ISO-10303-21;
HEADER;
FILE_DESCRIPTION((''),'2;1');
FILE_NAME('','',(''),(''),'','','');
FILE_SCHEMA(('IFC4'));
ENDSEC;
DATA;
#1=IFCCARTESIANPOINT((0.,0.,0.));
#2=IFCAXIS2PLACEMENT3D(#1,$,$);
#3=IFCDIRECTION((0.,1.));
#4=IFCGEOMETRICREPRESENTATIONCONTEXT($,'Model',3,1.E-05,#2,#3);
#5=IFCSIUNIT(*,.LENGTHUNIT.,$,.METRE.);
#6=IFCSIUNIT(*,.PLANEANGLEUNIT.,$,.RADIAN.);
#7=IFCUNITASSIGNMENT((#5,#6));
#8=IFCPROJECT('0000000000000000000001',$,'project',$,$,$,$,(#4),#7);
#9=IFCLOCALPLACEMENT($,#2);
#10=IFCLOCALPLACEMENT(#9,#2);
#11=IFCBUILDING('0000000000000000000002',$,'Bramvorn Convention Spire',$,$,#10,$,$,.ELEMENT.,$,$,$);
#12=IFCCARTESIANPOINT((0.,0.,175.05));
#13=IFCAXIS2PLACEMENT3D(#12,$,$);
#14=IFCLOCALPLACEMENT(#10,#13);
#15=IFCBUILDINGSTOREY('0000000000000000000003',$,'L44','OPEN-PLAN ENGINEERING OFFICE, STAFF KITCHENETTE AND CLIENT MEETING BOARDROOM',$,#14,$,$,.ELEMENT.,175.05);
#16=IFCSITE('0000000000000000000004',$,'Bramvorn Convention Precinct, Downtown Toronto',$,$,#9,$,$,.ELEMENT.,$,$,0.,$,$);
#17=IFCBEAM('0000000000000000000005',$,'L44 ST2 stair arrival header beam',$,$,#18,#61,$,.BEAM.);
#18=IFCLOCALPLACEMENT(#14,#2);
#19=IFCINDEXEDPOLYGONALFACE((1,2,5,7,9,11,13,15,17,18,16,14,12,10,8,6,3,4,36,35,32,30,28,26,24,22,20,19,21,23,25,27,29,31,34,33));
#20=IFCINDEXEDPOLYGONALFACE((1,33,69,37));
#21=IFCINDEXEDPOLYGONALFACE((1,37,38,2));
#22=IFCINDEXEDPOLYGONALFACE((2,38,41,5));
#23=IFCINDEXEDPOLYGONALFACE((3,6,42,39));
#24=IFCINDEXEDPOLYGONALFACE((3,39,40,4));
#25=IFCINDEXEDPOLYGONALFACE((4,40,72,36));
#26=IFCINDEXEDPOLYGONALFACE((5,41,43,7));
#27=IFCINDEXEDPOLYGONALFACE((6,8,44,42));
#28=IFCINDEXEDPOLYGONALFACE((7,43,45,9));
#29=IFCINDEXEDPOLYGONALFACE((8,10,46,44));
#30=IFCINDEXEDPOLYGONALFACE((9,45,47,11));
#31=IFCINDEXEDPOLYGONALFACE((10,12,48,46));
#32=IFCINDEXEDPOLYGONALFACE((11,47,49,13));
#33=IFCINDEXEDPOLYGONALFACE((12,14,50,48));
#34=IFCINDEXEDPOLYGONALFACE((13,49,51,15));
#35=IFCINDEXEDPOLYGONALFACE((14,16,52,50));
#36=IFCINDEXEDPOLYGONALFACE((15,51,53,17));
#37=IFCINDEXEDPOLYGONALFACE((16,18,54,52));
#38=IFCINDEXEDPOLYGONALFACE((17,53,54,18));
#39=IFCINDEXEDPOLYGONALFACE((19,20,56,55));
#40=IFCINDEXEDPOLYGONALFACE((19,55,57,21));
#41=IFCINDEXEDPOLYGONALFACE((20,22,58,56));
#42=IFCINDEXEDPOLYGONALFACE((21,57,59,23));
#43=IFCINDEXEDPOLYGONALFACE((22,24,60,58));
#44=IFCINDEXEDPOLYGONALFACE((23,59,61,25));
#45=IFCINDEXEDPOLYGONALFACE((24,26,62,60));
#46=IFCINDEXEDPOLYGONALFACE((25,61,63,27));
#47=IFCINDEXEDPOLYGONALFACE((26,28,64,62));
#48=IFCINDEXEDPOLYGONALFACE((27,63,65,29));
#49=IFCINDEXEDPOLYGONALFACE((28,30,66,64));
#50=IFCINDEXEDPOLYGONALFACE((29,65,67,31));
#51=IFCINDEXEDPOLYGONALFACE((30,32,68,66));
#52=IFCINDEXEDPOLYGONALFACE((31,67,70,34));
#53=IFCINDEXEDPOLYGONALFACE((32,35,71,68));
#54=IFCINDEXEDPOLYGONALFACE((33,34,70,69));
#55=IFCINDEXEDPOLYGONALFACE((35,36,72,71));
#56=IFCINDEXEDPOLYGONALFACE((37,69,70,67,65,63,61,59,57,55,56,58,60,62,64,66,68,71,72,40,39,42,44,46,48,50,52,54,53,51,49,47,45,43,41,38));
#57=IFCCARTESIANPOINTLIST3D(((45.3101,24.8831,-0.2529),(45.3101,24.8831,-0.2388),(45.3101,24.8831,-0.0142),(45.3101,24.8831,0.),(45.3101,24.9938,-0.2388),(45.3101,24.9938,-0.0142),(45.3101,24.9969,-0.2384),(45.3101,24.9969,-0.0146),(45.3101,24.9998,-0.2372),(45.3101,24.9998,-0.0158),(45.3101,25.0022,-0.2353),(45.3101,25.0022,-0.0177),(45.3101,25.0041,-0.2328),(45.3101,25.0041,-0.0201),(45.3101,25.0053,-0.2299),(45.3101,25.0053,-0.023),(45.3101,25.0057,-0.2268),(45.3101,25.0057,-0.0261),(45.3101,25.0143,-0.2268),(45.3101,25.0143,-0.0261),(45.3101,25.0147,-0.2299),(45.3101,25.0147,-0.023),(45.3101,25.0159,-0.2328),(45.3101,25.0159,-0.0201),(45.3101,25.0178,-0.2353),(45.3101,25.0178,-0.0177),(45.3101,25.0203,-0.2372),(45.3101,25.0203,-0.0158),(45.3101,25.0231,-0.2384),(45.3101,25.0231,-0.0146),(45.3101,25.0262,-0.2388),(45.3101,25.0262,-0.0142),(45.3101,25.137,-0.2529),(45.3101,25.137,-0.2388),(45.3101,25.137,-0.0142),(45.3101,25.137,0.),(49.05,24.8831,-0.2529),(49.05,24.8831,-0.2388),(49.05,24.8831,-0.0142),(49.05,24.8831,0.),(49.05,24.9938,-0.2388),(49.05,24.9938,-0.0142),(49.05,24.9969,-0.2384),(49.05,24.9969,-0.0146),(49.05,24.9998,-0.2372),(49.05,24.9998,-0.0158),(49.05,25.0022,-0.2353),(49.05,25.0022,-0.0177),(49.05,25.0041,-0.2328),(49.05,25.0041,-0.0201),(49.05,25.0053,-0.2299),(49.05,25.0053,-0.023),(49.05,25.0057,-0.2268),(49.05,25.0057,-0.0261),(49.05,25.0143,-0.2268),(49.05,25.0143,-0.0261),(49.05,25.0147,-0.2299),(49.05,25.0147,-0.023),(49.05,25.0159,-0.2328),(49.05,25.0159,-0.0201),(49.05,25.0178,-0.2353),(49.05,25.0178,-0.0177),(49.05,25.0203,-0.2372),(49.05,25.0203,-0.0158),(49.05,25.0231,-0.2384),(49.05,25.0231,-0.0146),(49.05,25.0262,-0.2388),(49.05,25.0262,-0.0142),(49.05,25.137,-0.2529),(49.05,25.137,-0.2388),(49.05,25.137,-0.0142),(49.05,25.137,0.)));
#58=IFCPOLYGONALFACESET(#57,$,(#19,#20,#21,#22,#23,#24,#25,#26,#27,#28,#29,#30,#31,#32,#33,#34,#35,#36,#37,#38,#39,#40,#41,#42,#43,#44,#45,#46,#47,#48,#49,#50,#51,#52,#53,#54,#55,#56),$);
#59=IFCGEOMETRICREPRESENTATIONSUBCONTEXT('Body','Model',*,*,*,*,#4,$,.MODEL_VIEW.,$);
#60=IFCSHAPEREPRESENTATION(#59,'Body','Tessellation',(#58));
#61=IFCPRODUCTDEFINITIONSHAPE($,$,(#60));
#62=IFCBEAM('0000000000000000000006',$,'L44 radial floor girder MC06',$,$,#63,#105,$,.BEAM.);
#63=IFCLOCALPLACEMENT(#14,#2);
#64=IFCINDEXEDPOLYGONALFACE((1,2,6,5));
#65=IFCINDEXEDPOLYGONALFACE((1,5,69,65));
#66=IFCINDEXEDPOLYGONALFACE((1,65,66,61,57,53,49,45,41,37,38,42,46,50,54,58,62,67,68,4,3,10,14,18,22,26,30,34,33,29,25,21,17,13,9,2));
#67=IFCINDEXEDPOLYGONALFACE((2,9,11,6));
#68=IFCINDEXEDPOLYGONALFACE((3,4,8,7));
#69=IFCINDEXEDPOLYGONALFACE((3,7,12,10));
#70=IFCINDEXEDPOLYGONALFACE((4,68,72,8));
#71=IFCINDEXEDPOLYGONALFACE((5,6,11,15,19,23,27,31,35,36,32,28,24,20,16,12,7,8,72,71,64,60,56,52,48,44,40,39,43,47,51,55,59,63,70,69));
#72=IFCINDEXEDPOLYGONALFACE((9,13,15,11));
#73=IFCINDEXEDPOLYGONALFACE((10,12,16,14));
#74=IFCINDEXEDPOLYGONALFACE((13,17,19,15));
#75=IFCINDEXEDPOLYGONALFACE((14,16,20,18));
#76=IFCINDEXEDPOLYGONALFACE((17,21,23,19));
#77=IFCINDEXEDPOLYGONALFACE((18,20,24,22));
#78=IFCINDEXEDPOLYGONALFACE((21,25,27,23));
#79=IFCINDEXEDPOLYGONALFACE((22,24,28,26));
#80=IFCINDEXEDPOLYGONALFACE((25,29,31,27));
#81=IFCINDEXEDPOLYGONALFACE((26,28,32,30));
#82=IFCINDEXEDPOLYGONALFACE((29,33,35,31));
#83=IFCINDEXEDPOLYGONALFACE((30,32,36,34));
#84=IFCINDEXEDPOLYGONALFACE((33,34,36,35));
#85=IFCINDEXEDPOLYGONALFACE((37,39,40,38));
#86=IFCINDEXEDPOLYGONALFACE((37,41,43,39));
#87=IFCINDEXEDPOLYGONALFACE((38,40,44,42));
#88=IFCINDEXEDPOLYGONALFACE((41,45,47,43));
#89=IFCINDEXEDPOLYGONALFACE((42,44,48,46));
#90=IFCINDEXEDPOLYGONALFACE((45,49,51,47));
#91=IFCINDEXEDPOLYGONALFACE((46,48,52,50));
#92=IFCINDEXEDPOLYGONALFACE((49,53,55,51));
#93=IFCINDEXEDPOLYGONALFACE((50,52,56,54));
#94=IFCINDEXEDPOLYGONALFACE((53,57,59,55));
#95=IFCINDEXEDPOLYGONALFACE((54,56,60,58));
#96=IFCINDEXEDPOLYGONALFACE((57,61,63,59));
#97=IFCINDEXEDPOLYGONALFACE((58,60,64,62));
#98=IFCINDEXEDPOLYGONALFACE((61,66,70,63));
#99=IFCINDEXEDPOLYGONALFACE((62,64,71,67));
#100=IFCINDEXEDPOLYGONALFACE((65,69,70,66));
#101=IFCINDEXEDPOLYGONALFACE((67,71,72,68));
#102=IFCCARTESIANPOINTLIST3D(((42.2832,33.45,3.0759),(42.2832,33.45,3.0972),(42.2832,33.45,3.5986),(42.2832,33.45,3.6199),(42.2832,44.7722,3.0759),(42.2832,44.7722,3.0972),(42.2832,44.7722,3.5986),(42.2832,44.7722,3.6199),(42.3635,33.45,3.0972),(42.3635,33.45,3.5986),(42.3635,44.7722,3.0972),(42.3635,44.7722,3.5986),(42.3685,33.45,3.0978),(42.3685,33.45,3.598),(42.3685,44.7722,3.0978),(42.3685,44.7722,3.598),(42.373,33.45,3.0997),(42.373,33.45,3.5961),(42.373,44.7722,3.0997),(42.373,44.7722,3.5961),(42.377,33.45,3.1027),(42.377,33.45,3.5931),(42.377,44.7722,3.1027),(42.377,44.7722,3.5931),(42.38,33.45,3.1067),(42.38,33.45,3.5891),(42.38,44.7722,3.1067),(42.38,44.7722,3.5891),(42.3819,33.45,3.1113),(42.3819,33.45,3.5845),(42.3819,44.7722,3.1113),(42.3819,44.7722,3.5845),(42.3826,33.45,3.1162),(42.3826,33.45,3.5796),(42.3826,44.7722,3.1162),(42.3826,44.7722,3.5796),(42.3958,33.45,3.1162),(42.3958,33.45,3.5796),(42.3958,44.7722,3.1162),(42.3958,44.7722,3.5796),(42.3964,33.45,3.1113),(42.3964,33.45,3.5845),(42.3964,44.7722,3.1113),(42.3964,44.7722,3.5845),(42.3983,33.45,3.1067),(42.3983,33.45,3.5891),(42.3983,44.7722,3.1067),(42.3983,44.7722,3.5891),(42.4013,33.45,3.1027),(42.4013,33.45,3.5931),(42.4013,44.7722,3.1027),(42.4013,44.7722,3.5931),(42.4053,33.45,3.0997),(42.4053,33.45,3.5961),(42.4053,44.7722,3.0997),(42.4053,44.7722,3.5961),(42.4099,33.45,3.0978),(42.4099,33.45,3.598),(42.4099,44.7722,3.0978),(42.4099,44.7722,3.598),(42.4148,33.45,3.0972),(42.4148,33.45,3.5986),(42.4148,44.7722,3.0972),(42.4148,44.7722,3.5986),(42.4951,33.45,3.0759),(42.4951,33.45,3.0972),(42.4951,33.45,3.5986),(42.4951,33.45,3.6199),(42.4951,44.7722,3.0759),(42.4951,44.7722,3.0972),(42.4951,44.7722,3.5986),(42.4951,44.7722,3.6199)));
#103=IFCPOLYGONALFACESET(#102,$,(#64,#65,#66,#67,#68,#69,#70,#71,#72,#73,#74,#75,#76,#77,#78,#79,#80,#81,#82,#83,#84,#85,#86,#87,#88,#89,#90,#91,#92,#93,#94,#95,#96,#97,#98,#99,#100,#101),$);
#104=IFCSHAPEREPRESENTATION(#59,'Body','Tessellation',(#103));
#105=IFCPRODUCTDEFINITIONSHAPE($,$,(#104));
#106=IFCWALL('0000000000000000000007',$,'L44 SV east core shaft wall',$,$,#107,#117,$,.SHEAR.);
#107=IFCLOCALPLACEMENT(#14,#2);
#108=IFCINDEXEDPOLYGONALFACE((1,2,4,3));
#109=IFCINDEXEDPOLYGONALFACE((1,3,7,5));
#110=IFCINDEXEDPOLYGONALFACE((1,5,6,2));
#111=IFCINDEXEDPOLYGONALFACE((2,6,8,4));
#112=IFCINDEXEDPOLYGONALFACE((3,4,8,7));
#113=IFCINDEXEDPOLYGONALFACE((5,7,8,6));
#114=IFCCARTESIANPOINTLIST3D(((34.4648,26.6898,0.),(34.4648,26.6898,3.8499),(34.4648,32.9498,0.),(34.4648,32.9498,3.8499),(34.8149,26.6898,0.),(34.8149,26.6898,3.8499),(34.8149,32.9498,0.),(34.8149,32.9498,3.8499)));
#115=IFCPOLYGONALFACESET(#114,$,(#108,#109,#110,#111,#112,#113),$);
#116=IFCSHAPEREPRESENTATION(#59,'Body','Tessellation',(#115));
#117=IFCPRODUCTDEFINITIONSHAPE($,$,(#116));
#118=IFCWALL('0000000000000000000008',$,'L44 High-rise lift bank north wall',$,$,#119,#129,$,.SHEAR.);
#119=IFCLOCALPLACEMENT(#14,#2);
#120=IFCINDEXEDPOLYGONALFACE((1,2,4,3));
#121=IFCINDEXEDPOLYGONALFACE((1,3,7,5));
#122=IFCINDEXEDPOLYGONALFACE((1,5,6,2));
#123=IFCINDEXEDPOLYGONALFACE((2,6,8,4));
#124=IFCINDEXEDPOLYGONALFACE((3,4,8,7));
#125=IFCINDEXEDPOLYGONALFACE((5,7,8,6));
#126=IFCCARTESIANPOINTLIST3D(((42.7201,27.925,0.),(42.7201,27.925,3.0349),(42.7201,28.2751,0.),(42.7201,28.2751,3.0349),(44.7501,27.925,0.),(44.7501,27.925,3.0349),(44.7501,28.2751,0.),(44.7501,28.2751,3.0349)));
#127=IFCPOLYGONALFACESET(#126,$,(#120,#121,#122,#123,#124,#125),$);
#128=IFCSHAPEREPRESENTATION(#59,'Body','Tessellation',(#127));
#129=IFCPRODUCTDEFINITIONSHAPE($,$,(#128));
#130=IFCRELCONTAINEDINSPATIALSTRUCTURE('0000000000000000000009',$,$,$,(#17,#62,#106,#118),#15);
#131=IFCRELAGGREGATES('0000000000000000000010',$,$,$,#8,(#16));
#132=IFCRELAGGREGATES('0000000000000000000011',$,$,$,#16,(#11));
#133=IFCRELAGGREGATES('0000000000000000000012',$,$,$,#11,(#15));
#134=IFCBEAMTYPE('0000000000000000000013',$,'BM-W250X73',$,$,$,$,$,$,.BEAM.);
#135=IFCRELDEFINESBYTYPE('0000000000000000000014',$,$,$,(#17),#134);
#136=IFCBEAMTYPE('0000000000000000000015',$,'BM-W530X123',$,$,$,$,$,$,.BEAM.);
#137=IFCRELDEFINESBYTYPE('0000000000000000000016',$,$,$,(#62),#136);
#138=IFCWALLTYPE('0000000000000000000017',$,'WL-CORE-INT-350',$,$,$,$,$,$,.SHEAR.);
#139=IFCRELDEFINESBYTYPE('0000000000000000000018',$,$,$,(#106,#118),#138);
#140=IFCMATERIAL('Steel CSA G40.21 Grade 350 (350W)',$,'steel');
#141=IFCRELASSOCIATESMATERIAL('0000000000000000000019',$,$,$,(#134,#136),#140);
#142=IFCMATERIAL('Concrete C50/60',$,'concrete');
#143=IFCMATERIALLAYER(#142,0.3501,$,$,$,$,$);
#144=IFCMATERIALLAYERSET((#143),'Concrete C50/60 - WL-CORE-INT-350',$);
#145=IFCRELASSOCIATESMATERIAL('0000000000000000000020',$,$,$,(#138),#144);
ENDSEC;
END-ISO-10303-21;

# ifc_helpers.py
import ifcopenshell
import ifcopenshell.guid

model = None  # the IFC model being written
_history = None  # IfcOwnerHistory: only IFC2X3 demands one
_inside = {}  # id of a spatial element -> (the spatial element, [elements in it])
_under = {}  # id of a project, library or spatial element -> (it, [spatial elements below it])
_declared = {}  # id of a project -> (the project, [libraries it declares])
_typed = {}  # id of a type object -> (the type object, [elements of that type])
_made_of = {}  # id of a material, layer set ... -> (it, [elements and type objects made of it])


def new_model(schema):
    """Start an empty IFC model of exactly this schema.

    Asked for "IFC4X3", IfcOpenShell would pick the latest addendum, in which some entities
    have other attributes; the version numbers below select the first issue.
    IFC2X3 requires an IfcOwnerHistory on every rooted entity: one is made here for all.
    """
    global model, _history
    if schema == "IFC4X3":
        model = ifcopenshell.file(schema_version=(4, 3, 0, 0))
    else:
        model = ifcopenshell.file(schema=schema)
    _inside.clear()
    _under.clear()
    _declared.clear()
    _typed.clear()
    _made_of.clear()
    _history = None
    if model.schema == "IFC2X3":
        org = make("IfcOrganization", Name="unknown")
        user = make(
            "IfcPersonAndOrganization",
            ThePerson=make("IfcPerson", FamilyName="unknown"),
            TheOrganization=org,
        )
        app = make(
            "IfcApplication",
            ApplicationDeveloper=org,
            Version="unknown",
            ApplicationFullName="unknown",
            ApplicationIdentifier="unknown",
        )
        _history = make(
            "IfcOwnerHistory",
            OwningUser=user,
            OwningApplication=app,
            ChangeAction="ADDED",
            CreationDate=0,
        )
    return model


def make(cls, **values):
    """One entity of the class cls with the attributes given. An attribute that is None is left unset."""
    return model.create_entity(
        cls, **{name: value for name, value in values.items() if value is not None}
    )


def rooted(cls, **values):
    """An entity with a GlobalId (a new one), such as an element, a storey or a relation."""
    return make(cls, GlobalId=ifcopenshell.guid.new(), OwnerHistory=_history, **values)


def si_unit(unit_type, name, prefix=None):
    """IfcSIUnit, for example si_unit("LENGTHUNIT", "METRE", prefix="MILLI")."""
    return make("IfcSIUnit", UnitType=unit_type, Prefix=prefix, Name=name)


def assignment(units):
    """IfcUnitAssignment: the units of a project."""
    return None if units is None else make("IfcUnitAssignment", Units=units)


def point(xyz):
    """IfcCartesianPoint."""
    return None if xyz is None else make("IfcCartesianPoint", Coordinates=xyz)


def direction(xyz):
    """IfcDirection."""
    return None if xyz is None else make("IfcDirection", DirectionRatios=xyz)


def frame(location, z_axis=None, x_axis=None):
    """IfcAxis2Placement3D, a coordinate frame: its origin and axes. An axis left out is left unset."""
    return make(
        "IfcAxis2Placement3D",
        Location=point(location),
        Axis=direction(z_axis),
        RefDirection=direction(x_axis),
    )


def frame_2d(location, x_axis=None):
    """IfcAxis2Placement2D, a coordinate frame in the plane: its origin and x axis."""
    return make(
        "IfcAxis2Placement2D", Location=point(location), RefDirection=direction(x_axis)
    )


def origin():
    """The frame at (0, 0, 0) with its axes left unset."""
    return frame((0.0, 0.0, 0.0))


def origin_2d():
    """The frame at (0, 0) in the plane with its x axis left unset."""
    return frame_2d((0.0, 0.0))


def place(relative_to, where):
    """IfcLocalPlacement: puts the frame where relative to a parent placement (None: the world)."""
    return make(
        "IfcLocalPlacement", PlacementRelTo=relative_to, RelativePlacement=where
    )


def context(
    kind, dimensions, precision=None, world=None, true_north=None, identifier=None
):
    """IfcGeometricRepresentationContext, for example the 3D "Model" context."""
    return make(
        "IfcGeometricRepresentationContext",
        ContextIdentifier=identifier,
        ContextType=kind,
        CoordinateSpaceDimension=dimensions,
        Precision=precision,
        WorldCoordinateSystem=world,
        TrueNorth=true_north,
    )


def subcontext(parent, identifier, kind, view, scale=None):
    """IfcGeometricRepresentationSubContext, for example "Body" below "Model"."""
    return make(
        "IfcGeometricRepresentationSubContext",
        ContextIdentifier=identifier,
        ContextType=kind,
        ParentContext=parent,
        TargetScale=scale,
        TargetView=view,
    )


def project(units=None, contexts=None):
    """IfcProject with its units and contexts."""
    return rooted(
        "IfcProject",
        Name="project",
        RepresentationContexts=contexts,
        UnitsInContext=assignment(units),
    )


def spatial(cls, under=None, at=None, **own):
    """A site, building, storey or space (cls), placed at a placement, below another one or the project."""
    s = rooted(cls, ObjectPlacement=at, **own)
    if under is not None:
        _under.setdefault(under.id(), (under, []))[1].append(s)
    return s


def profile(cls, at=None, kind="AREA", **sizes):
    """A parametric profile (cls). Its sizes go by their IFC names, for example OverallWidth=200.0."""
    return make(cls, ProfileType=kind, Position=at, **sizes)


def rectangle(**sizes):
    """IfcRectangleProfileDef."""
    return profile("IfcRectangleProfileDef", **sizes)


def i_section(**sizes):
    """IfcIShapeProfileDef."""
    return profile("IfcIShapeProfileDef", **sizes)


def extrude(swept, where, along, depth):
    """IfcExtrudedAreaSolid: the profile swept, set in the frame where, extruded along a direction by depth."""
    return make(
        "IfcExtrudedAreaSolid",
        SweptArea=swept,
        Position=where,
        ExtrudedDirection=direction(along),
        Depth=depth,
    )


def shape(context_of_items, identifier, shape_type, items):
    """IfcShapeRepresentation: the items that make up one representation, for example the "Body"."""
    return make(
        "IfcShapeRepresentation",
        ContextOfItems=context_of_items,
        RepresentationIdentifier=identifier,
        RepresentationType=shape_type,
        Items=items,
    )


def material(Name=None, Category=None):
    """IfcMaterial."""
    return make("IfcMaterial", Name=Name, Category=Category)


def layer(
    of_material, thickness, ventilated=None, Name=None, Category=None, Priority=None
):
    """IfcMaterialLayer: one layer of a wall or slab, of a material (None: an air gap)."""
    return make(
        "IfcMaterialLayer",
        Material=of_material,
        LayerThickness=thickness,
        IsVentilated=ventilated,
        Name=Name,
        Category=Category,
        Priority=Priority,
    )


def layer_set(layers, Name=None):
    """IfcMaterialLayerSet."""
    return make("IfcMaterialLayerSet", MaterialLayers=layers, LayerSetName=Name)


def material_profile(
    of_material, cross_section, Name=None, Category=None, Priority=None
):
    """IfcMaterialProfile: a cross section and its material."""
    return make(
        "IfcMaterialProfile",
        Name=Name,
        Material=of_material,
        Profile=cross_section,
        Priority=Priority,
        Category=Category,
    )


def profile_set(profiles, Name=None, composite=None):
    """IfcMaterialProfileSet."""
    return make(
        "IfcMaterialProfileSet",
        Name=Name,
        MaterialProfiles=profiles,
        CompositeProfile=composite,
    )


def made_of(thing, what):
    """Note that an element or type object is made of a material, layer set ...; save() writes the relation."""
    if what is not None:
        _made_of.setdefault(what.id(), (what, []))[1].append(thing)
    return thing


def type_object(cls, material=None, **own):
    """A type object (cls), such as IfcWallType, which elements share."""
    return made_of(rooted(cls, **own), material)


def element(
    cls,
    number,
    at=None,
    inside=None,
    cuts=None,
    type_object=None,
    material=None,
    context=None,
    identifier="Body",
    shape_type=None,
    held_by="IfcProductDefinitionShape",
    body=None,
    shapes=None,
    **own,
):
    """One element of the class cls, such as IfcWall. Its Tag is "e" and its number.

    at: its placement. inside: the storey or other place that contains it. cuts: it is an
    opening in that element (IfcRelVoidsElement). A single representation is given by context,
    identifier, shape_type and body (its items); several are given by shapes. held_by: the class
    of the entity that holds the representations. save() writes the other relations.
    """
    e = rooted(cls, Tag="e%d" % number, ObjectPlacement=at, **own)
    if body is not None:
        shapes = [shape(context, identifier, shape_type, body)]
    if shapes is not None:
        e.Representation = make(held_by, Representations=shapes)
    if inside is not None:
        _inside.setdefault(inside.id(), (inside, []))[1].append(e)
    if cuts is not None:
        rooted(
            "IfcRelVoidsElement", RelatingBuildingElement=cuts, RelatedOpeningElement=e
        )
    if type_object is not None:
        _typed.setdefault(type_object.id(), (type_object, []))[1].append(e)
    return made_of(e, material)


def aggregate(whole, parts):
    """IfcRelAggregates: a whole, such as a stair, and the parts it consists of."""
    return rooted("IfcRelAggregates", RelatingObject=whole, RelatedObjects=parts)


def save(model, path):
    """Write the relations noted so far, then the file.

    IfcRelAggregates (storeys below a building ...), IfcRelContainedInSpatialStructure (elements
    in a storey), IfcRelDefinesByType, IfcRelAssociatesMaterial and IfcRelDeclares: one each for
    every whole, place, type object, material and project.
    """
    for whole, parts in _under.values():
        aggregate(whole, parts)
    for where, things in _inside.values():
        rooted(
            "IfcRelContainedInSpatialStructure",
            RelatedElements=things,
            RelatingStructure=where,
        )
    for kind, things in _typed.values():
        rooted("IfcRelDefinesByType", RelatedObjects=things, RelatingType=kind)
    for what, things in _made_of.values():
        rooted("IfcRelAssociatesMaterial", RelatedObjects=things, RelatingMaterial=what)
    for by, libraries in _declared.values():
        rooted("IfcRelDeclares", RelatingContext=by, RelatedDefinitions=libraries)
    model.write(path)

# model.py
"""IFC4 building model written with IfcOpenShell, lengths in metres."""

from ifc_helpers import new_model, si_unit, direction, frame, frame_2d, origin, origin_2d, place, context, subcontext, project, spatial, rectangle, i_section, extrude, material, layer, layer_set, material_profile, profile_set, type_object, element, save


model = new_model("IFC4")

# Units and contexts
model_context = context("Model", 3, precision=1e-05, world=origin(), true_north=direction((0.0, 1.0)))
body_context = subcontext(model_context, "Body", "Model", "MODEL_VIEW")
ifc_project = project(units=[si_unit("LENGTHUNIT", "METRE"), si_unit("PLANEANGLEUNIT", "RADIAN")], contexts=[model_context])

# Site, building, storey
site_placement = place(None, origin())
site = spatial("IfcSite", under=ifc_project, at=site_placement, Name="Bramvorn Convention Precinct, Downtown Toronto", CompositionType="ELEMENT", RefElevation=0.0)
building_placement = place(site_placement, origin())
building = spatial("IfcBuilding", under=site, at=building_placement, Name="Bramvorn Convention Spire", CompositionType="ELEMENT")
storey_placement = place(building_placement, frame((0.0, 0.0, 175.05)))
storey = spatial("IfcBuildingStorey", under=building, at=storey_placement, Name="L44", Description="OPEN-PLAN ENGINEERING OFFICE, STAFF KITCHENETTE AND CLIENT MEETING BOARDROOM", CompositionType="ELEMENT", Elevation=175.05)

# Beams
ifc_material_1 = material(Name="Steel CSA G40.21 Grade 350 (350W)", Category="steel")
ifc_material_profile_1 = material_profile(ifc_material_1, i_section(OverallWidth=0.2539, OverallDepth=0.2529, WebThickness=0.0085, FlangeThickness=0.0142, FilletRadius=0.012, at=origin_2d()))
ifc_profile_set_1 = profile_set([ifc_material_profile_1], Name="Steel CSA G40.21 Grade 350 (350W) - W250X73")
beam_type_1 = type_object("IfcBeamType", Name="BM-W250X73", PredefinedType="BEAM", material=ifc_profile_set_1)
beam_1_placement = place(storey_placement, frame((45.3101, 25.01, -0.1265), z_axis=(1.0, 0.0, 0.0), x_axis=(0.0, 1.0, 0.0)))
element("IfcBeam", 1, at=beam_1_placement, inside=storey, type_object=beam_type_1, Name="L44 ST2 stair arrival header beam", PredefinedType="BEAM", context=body_context, shape_type="SweptSolid", body=[
    extrude(i_section(OverallWidth=0.2539, OverallDepth=0.2529, WebThickness=0.0085, FlangeThickness=0.0142, FilletRadius=0.012, at=origin_2d()), origin(), (0.0, 0.0, 1.0), 3.74),
])
ifc_material_profile_2 = material_profile(ifc_material_1, i_section(OverallWidth=0.2119, OverallDepth=0.5439, WebThickness=0.0132, FlangeThickness=0.0212, FilletRadius=0.019, at=origin_2d()))
ifc_profile_set_2 = profile_set([ifc_material_profile_2], Name="Steel CSA G40.21 Grade 350 (350W) - W530X123")
beam_type_2 = type_object("IfcBeamType", Name="BM-W530X123", PredefinedType="BEAM", material=ifc_profile_set_2)
beam_2_placement = place(storey_placement, frame((42.3892, 33.45, 3.3479), z_axis=(0.0, 1.0, 0.0), x_axis=(-1.0, 0.0, 0.0)))
element("IfcBeam", 2, at=beam_2_placement, inside=storey, type_object=beam_type_2, Name="L44 radial floor girder MC06", PredefinedType="BEAM", context=body_context, shape_type="SweptSolid", body=[
    extrude(i_section(OverallWidth=0.2119, OverallDepth=0.5439, WebThickness=0.0132, FlangeThickness=0.0212, FilletRadius=0.019, at=origin_2d()), origin(), (0.0, 0.0, 1.0), 11.3223),
])

# Shared definitions
ifc_material_2 = material(Name="Concrete C50/60", Category="concrete")
ifc_layer_1 = layer(ifc_material_2, 0.3501)
ifc_layer_set_1 = layer_set([ifc_layer_1], Name="Concrete C50/60 - WL-CORE-INT-350")
wall_type_1 = type_object("IfcWallType", Name="WL-CORE-INT-350", PredefinedType="SHEAR", material=ifc_layer_set_1)

# Walls
wall_1_placement = place(storey_placement, frame((34.6399, 26.6899, 0.0), z_axis=(0.0, 0.0, 1.0), x_axis=(0.0, 1.0, 0.0)))
element("IfcWall", 3, at=wall_1_placement, inside=storey, type_object=wall_type_1, Name="L44 SV east core shaft wall", PredefinedType="SHEAR", context=body_context, shape_type="SweptSolid", body=[
    extrude(rectangle(XDim=6.26, YDim=0.3501, at=frame_2d((3.1299, 0.0))), origin(), (0.0, 0.0, 1.0), 3.8499),
])
wall_2_placement = place(storey_placement, frame((42.72, 28.1001, 0.0), z_axis=(0.0, 0.0, 1.0), x_axis=(1.0, 0.0, 0.0)))
element("IfcWall", 4, at=wall_2_placement, inside=storey, type_object=wall_type_1, Name="L44 High-rise lift bank north wall", PredefinedType="SHEAR", context=body_context, shape_type="SweptSolid", body=[
    extrude(rectangle(XDim=2.03, YDim=0.3501, at=frame_2d((1.0151, 0.0))), origin(), (0.0, 0.0, 1.0), 3.0349),
])

save(model, "model.ifc")
